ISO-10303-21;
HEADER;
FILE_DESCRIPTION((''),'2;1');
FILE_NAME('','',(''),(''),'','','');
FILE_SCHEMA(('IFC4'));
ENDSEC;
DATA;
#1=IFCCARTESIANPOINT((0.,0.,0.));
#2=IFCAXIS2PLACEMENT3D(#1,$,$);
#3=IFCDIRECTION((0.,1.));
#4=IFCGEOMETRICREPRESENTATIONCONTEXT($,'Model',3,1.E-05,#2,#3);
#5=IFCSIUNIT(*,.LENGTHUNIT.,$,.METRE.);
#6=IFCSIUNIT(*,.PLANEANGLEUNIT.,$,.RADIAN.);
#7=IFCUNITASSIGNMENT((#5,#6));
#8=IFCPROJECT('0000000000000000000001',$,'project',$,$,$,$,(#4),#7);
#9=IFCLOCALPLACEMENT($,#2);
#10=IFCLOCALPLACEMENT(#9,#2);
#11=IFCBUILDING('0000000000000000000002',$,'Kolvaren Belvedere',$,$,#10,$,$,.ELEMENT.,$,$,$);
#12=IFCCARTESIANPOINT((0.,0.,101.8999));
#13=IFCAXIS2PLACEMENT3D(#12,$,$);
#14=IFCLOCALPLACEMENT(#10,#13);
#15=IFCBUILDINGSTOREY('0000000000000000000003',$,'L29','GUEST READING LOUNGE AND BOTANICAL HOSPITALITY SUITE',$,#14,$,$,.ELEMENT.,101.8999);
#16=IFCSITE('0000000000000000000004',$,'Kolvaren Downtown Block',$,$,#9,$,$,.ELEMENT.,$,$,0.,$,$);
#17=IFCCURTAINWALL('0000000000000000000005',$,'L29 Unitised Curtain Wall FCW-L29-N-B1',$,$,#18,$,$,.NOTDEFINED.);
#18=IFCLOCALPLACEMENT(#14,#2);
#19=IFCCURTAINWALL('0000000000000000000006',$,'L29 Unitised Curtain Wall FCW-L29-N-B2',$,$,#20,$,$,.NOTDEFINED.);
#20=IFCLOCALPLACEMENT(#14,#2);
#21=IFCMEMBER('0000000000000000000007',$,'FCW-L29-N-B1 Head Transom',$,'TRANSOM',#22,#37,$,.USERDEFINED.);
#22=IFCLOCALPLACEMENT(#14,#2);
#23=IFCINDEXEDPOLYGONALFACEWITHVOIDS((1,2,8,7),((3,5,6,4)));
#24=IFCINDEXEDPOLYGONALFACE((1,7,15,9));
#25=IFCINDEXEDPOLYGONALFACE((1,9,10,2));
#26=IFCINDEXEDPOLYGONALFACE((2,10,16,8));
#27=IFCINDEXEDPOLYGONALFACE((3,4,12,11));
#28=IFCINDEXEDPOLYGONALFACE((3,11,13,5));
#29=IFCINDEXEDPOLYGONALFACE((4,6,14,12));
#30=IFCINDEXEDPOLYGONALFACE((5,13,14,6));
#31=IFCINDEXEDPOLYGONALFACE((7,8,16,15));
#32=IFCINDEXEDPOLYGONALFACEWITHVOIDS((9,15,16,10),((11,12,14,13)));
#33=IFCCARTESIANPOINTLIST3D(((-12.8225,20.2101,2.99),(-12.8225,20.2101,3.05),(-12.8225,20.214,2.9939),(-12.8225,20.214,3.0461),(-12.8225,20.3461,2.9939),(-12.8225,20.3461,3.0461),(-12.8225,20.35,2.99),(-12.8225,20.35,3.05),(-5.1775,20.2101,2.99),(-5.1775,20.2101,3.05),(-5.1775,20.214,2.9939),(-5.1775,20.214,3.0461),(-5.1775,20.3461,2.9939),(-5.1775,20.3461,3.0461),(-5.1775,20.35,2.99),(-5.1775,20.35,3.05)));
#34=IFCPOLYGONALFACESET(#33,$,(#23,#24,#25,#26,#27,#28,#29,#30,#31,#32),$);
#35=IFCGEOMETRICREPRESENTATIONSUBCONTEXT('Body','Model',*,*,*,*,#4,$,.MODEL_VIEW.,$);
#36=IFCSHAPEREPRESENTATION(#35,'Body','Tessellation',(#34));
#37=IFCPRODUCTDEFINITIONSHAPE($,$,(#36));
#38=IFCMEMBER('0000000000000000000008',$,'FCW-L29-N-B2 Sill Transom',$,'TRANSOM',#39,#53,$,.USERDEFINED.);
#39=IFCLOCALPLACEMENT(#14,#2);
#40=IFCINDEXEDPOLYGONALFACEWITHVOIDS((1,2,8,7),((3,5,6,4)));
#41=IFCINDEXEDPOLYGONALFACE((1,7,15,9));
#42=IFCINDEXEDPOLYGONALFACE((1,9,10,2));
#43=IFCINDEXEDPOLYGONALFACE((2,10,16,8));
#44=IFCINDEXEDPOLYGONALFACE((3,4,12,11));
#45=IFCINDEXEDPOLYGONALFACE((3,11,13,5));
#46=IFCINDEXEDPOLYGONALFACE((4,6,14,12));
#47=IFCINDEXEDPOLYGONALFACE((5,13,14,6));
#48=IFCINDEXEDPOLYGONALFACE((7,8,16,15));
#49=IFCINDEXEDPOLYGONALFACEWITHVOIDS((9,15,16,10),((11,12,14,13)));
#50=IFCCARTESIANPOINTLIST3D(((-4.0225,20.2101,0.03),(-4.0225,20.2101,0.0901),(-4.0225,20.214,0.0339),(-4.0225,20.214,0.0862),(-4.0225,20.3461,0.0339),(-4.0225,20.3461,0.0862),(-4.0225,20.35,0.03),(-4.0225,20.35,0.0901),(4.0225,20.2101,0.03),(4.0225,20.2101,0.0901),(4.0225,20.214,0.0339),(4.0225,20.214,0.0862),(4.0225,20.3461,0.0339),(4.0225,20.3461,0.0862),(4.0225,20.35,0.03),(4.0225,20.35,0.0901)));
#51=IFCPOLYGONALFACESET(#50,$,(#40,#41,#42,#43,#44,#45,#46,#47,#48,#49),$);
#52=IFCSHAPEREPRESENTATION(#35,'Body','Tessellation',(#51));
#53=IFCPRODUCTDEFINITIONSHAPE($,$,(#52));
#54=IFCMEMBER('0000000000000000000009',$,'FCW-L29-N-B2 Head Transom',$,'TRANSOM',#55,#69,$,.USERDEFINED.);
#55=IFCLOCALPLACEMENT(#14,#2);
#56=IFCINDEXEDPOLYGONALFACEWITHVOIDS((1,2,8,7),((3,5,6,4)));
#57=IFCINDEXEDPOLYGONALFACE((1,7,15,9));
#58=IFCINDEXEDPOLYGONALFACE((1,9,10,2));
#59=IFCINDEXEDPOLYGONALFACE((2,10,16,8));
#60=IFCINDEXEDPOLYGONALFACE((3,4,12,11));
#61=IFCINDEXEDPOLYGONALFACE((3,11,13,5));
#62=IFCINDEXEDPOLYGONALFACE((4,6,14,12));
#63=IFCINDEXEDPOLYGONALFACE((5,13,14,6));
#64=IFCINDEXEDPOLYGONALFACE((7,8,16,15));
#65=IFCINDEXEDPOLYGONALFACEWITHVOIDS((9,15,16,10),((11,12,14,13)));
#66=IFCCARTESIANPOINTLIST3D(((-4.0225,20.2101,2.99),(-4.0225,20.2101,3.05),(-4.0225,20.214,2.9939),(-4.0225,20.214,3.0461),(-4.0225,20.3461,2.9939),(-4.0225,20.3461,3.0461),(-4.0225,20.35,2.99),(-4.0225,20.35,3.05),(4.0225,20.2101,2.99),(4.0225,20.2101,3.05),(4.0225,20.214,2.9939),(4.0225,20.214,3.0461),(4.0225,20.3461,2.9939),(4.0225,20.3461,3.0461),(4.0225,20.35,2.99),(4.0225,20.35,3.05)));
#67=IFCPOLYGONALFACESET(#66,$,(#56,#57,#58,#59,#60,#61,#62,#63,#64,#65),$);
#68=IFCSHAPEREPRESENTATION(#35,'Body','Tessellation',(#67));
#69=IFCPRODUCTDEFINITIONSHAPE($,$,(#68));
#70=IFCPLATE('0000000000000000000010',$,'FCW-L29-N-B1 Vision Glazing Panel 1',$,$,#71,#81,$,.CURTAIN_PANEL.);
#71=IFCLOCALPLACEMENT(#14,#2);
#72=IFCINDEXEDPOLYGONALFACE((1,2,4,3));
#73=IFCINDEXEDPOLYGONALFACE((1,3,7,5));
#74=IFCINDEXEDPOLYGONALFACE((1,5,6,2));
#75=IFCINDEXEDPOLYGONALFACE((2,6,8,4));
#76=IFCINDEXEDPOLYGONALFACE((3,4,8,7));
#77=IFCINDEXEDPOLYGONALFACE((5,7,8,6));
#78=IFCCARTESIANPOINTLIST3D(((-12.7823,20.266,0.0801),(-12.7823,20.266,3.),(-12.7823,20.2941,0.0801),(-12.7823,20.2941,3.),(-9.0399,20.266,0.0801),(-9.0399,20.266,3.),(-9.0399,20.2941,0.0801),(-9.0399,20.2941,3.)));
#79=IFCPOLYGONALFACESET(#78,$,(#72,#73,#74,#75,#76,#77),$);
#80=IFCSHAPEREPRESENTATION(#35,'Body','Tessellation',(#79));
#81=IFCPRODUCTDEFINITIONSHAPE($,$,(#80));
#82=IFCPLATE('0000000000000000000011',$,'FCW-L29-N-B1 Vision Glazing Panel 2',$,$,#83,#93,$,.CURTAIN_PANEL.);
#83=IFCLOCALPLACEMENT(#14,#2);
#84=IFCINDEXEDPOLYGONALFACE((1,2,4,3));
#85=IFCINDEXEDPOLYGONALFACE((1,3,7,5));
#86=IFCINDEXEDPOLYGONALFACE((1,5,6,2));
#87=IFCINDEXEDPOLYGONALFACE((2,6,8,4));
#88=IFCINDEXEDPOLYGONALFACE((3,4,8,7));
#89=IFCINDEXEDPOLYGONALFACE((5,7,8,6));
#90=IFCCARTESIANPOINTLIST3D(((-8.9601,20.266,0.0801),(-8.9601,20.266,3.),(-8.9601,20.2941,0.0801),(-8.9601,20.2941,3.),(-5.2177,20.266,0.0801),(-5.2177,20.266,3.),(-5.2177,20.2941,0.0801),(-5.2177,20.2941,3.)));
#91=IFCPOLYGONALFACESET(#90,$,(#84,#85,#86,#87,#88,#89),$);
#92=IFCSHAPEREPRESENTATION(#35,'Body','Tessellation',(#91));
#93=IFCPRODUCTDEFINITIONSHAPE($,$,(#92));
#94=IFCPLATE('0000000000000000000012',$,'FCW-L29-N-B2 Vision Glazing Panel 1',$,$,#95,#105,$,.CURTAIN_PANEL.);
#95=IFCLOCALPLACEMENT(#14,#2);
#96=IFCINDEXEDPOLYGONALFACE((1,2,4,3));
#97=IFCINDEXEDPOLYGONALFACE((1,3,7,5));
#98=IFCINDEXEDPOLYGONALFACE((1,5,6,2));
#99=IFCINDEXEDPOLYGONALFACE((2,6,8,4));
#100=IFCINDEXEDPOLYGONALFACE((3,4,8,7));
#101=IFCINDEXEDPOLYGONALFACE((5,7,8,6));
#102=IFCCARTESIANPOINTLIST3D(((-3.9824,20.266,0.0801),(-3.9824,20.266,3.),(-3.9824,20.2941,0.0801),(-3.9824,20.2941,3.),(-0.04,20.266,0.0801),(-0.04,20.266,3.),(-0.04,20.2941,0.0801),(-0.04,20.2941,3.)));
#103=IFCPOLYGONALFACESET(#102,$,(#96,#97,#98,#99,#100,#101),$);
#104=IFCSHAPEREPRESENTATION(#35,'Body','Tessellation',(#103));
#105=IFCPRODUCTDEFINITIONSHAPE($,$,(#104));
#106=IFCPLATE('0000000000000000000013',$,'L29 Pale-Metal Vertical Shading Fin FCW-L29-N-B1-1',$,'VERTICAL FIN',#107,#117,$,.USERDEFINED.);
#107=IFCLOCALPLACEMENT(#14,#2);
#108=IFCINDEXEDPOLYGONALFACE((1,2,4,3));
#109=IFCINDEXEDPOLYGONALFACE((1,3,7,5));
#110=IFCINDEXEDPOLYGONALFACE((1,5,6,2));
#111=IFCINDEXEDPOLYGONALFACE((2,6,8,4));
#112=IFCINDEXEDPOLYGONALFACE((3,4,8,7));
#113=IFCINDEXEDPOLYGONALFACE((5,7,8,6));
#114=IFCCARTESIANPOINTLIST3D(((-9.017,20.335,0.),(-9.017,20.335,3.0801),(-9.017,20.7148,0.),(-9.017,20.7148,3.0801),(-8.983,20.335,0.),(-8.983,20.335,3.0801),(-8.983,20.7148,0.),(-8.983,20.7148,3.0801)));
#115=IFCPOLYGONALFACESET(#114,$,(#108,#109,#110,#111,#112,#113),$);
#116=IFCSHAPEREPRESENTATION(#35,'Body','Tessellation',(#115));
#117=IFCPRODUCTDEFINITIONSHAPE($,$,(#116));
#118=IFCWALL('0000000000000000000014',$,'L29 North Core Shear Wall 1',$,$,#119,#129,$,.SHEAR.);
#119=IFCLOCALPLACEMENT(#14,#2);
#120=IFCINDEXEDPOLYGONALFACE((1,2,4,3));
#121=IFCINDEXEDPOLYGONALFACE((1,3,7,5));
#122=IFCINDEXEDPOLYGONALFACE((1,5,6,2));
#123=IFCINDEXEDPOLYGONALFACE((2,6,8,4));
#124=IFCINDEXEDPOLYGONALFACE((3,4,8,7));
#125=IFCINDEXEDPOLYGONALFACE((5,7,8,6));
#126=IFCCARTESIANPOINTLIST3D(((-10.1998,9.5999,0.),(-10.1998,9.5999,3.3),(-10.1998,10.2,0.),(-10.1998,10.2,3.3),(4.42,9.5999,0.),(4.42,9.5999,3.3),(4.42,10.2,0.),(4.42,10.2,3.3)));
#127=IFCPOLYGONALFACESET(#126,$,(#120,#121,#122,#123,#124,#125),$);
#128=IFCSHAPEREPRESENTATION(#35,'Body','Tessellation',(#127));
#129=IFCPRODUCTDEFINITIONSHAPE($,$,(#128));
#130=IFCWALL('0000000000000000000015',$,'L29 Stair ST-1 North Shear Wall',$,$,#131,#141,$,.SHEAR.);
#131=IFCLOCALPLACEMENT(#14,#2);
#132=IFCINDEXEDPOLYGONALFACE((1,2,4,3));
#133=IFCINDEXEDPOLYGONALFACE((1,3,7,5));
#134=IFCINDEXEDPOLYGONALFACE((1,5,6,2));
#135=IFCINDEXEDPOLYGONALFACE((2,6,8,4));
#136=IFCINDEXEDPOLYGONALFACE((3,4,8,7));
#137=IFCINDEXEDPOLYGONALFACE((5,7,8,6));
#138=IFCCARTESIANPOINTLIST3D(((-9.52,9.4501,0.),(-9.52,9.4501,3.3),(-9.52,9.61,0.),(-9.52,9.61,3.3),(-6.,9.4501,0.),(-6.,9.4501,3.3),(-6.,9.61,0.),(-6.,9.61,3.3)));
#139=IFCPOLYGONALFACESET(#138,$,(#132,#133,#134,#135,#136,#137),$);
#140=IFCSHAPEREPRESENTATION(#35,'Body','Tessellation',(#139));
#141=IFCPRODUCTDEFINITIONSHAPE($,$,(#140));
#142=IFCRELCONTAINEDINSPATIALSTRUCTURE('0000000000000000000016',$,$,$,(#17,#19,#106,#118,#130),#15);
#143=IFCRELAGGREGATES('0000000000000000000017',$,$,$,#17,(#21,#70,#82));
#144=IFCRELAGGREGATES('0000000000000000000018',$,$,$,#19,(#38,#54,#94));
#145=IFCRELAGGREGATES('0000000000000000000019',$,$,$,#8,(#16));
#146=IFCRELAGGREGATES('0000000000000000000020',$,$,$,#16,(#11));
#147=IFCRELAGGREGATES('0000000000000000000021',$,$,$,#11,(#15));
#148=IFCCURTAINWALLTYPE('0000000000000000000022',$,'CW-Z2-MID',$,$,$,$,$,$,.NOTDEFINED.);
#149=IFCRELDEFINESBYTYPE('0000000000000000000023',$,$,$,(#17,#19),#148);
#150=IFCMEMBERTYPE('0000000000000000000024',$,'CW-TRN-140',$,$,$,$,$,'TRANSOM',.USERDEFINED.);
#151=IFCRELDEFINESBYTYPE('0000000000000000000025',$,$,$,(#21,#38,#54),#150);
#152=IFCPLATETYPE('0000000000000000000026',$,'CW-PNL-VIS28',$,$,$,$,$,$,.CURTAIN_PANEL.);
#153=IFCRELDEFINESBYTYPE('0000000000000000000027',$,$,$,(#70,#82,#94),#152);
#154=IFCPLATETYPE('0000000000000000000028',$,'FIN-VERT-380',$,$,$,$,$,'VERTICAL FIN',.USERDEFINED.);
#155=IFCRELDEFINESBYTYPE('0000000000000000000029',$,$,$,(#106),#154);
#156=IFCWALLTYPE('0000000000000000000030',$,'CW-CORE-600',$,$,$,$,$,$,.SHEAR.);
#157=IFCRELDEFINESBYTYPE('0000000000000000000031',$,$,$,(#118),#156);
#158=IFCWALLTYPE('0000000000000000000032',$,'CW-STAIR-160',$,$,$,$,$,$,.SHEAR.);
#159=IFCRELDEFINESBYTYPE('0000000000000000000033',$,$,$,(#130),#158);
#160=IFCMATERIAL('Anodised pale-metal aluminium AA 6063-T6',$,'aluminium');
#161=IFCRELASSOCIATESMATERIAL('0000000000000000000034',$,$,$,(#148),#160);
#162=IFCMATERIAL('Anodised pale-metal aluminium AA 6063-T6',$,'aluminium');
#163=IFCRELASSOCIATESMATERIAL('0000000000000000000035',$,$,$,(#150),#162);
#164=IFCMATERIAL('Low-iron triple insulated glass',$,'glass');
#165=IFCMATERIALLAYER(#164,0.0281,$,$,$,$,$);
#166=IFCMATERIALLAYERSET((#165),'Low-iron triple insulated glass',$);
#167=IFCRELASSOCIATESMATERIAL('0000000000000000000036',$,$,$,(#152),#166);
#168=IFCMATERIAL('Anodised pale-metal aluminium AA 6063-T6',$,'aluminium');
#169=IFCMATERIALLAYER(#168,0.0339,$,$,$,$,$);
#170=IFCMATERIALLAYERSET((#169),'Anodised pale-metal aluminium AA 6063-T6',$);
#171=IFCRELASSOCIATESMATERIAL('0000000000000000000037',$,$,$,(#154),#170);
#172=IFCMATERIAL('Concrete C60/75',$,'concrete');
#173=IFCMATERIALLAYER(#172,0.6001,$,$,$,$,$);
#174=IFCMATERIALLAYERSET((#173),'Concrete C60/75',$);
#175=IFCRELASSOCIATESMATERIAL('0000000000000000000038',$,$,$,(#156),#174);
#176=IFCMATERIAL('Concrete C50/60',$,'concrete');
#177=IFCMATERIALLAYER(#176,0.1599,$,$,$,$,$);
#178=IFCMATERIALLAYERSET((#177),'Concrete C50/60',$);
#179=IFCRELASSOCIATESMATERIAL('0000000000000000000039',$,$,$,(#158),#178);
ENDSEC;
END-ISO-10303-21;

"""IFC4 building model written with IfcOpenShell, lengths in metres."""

from ifc_helpers import new_model, si_unit, direction, frame, frame_2d, origin, origin_2d, place, context, subcontext, project, spatial, rectangle, hollow_rectangle, extrude, material, layer, layer_set, material_profile, profile_set, type_object, element, aggregate, save


model = new_model("IFC4")

# Units and contexts
model_context = context("Model", 3, precision=1e-05, world=origin(), true_north=direction((0.0, 1.0)))
body_context = subcontext(model_context, "Body", "Model", "MODEL_VIEW")
ifc_project = project(units=[si_unit("LENGTHUNIT", "METRE"), si_unit("PLANEANGLEUNIT", "RADIAN")], contexts=[model_context])

# Site, building, storey
site_placement = place(None, origin())
site = spatial("IfcSite", under=ifc_project, at=site_placement, Name="Kolvaren Downtown Block", CompositionType="ELEMENT", RefElevation=0.0)
building_placement = place(site_placement, origin())
building = spatial("IfcBuilding", under=site, at=building_placement, Name="Kolvaren Belvedere", CompositionType="ELEMENT")
storey_placement = place(building_placement, frame((0.0, 0.0, 101.8999)))
storey = spatial("IfcBuildingStorey", under=building, at=storey_placement, Name="L29", Description="GUEST READING LOUNGE AND BOTANICAL HOSPITALITY SUITE", CompositionType="ELEMENT", Elevation=101.8999)

# Curtain wall
ifc_material_1 = material(Name="Anodised pale-metal aluminium AA 6063-T6", Category="aluminium")
curtain_wall_type = type_object("IfcCurtainWallType", Name="CW-Z2-MID", PredefinedType="NOTDEFINED", material=ifc_material_1)
curtain_wall_1_placement = place(storey_placement, origin())
curtain_wall_1 = element("IfcCurtainWall", 1, at=curtain_wall_1_placement, inside=storey, type_object=curtain_wall_type, Name="L29 Unitised Curtain Wall FCW-L29-N-B1", PredefinedType="NOTDEFINED")

# Curtain wall
curtain_wall_2_placement = place(storey_placement, origin())
curtain_wall_2 = element("IfcCurtainWall", 2, at=curtain_wall_2_placement, inside=storey, type_object=curtain_wall_type, Name="L29 Unitised Curtain Wall FCW-L29-N-B2", PredefinedType="NOTDEFINED")

# Members
ifc_material_2 = material(Name="Anodised pale-metal aluminium AA 6063-T6", Category="aluminium")
ifc_material_profile_1 = material_profile(ifc_material_2, hollow_rectangle(XDim=0.0601, YDim=0.1399, WallThickness=0.0039, at=origin_2d()), Name="ALU-TRN-140X60")
ifc_profile_set_1 = profile_set([ifc_material_profile_1], Name="Anodised pale-metal aluminium AA 6063-T6")
member_type_1 = type_object("IfcMemberType", Name="CW-TRN-140", ElementType="TRANSOM", PredefinedType="USERDEFINED", material=ifc_profile_set_1)
member_1_placement = place(storey_placement, frame((-12.8225, 20.28, 3.02), z_axis=(1.0, 0.0, 0.0), x_axis=(0.0, 0.0, 1.0)))
member_1 = element("IfcMember", 3, at=member_1_placement, type_object=member_type_1, Name="FCW-L29-N-B1 Head Transom", ObjectType="TRANSOM", PredefinedType="USERDEFINED", context=body_context, shape_type="SweptSolid", body=[
    extrude(hollow_rectangle(XDim=0.0601, YDim=0.1399, WallThickness=0.0039, at=origin_2d()), origin(), (0.0, 0.0, 1.0), 7.645),
])
member_2_placement = place(storey_placement, frame((-4.0225, 20.28, 0.0601), z_axis=(1.0, 0.0, 0.0), x_axis=(0.0, 0.0, 1.0)))
member_2 = element("IfcMember", 4, at=member_2_placement, type_object=member_type_1, Name="FCW-L29-N-B2 Sill Transom", ObjectType="TRANSOM", PredefinedType="USERDEFINED", context=body_context, shape_type="SweptSolid", body=[
    extrude(hollow_rectangle(XDim=0.0601, YDim=0.1399, WallThickness=0.0039, at=origin_2d()), origin(), (0.0, 0.0, 1.0), 8.0449),
])
member_3_placement = place(storey_placement, frame((-4.0225, 20.28, 3.02), z_axis=(1.0, 0.0, 0.0), x_axis=(0.0, 0.0, 1.0)))
member_3 = element("IfcMember", 5, at=member_3_placement, type_object=member_type_1, Name="FCW-L29-N-B2 Head Transom", ObjectType="TRANSOM", PredefinedType="USERDEFINED", context=body_context, shape_type="SweptSolid", body=[
    extrude(hollow_rectangle(XDim=0.0601, YDim=0.1399, WallThickness=0.0039, at=origin_2d()), origin(), (0.0, 0.0, 1.0), 8.0449),
])

# Plates
ifc_material_3 = material(Name="Low-iron triple insulated glass", Category="glass")
ifc_layer_1 = layer(ifc_material_3, 0.0281)
ifc_layer_set_1 = layer_set([ifc_layer_1], Name="Low-iron triple insulated glass")
plate_type_1 = type_object("IfcPlateType", Name="CW-PNL-VIS28", PredefinedType="CURTAIN_PANEL", material=ifc_layer_set_1)
plate_1_placement = place(storey_placement, frame((-10.9111, 20.28, 0.0801), z_axis=(0.0, 0.0, 1.0), x_axis=(1.0, 0.0, 0.0)))
plate_1 = element("IfcPlate", 6, at=plate_1_placement, type_object=plate_type_1, Name="FCW-L29-N-B1 Vision Glazing Panel 1", PredefinedType="CURTAIN_PANEL", context=body_context, shape_type="SweptSolid", body=[
    extrude(rectangle(XDim=3.7424, YDim=0.0281, at=origin_2d()), origin(), (0.0, 0.0, 1.0), 2.9199),
])
plate_2_placement = place(storey_placement, frame((-7.0889, 20.28, 0.0801), z_axis=(0.0, 0.0, 1.0), x_axis=(1.0, 0.0, 0.0)))
plate_2 = element("IfcPlate", 7, at=plate_2_placement, type_object=plate_type_1, Name="FCW-L29-N-B1 Vision Glazing Panel 2", PredefinedType="CURTAIN_PANEL", context=body_context, shape_type="SweptSolid", body=[
    extrude(rectangle(XDim=3.7424, YDim=0.0281, at=origin_2d()), origin(), (0.0, 0.0, 1.0), 2.9199),
])
aggregate(curtain_wall_1, [member_1, plate_1, plate_2])
plate_3_placement = place(storey_placement, frame((-2.0112, 20.28, 0.0801), z_axis=(0.0, 0.0, 1.0), x_axis=(1.0, 0.0, 0.0)))
plate_3 = element("IfcPlate", 8, at=plate_3_placement, type_object=plate_type_1, Name="FCW-L29-N-B2 Vision Glazing Panel 1", PredefinedType="CURTAIN_PANEL", context=body_context, shape_type="SweptSolid", body=[
    extrude(rectangle(XDim=3.9424, YDim=0.0281, at=origin_2d()), origin(), (0.0, 0.0, 1.0), 2.9199),
])
aggregate(curtain_wall_2, [member_2, member_3, plate_3])
ifc_material_4 = material(Name="Anodised pale-metal aluminium AA 6063-T6", Category="aluminium")
ifc_layer_2 = layer(ifc_material_4, 0.0339)
ifc_layer_set_2 = layer_set([ifc_layer_2], Name="Anodised pale-metal aluminium AA 6063-T6")
plate_type_2 = type_object("IfcPlateType", Name="FIN-VERT-380", ElementType="VERTICAL FIN", PredefinedType="USERDEFINED", material=ifc_layer_set_2)
plate_4_placement = place(storey_placement, frame((-9.0, 20.5249, 0.0), z_axis=(0.0, 0.0, 1.0), x_axis=(0.0, 1.0, 0.0)))
element("IfcPlate", 9, at=plate_4_placement, inside=storey, type_object=plate_type_2, Name="L29 Pale-Metal Vertical Shading Fin FCW-L29-N-B1-1", ObjectType="VERTICAL FIN", PredefinedType="USERDEFINED", context=body_context, shape_type="SweptSolid", body=[
    extrude(rectangle(XDim=0.3799, YDim=0.0339, at=origin_2d()), origin(), (0.0, 0.0, 1.0), 3.0801),
])

# Walls
ifc_material_5 = material(Name="Concrete C60/75", Category="concrete")
ifc_layer_3 = layer(ifc_material_5, 0.6001)
ifc_layer_set_3 = layer_set([ifc_layer_3], Name="Concrete C60/75")
wall_type_1 = type_object("IfcWallType", Name="CW-CORE-600", PredefinedType="SHEAR", material=ifc_layer_set_3)
wall_1_placement = place(storey_placement, frame((-10.2, 9.8999, 0.0), z_axis=(0.0, 0.0, 1.0), x_axis=(1.0, 0.0, 0.0)))
element("IfcWall", 10, at=wall_1_placement, inside=storey, type_object=wall_type_1, Name="L29 North Core Shear Wall 1", PredefinedType="SHEAR", context=body_context, shape_type="SweptSolid", body=[
    extrude(rectangle(XDim=14.6199, YDim=0.6001, at=frame_2d((7.3101, 0.0))), origin(), (0.0, 0.0, 1.0), 3.3),
])
ifc_material_6 = material(Name="Concrete C50/60", Category="concrete")
ifc_layer_4 = layer(ifc_material_6, 0.1599)
ifc_layer_set_4 = layer_set([ifc_layer_4], Name="Concrete C50/60")
wall_type_2 = type_object("IfcWallType", Name="CW-STAIR-160", PredefinedType="SHEAR", material=ifc_layer_set_4)
wall_2_placement = place(storey_placement, frame((-9.52, 9.53, 0.0), z_axis=(0.0, 0.0, 1.0), x_axis=(1.0, 0.0, 0.0)))
element("IfcWall", 11, at=wall_2_placement, inside=storey, type_object=wall_type_2, Name="L29 Stair ST-1 North Shear Wall", PredefinedType="SHEAR", context=body_context, shape_type="SweptSolid", body=[
    extrude(rectangle(XDim=3.52, YDim=0.1599, at=frame_2d((1.76, 0.0))), origin(), (0.0, 0.0, 1.0), 3.3),
])

save(model, "model.ifc")
